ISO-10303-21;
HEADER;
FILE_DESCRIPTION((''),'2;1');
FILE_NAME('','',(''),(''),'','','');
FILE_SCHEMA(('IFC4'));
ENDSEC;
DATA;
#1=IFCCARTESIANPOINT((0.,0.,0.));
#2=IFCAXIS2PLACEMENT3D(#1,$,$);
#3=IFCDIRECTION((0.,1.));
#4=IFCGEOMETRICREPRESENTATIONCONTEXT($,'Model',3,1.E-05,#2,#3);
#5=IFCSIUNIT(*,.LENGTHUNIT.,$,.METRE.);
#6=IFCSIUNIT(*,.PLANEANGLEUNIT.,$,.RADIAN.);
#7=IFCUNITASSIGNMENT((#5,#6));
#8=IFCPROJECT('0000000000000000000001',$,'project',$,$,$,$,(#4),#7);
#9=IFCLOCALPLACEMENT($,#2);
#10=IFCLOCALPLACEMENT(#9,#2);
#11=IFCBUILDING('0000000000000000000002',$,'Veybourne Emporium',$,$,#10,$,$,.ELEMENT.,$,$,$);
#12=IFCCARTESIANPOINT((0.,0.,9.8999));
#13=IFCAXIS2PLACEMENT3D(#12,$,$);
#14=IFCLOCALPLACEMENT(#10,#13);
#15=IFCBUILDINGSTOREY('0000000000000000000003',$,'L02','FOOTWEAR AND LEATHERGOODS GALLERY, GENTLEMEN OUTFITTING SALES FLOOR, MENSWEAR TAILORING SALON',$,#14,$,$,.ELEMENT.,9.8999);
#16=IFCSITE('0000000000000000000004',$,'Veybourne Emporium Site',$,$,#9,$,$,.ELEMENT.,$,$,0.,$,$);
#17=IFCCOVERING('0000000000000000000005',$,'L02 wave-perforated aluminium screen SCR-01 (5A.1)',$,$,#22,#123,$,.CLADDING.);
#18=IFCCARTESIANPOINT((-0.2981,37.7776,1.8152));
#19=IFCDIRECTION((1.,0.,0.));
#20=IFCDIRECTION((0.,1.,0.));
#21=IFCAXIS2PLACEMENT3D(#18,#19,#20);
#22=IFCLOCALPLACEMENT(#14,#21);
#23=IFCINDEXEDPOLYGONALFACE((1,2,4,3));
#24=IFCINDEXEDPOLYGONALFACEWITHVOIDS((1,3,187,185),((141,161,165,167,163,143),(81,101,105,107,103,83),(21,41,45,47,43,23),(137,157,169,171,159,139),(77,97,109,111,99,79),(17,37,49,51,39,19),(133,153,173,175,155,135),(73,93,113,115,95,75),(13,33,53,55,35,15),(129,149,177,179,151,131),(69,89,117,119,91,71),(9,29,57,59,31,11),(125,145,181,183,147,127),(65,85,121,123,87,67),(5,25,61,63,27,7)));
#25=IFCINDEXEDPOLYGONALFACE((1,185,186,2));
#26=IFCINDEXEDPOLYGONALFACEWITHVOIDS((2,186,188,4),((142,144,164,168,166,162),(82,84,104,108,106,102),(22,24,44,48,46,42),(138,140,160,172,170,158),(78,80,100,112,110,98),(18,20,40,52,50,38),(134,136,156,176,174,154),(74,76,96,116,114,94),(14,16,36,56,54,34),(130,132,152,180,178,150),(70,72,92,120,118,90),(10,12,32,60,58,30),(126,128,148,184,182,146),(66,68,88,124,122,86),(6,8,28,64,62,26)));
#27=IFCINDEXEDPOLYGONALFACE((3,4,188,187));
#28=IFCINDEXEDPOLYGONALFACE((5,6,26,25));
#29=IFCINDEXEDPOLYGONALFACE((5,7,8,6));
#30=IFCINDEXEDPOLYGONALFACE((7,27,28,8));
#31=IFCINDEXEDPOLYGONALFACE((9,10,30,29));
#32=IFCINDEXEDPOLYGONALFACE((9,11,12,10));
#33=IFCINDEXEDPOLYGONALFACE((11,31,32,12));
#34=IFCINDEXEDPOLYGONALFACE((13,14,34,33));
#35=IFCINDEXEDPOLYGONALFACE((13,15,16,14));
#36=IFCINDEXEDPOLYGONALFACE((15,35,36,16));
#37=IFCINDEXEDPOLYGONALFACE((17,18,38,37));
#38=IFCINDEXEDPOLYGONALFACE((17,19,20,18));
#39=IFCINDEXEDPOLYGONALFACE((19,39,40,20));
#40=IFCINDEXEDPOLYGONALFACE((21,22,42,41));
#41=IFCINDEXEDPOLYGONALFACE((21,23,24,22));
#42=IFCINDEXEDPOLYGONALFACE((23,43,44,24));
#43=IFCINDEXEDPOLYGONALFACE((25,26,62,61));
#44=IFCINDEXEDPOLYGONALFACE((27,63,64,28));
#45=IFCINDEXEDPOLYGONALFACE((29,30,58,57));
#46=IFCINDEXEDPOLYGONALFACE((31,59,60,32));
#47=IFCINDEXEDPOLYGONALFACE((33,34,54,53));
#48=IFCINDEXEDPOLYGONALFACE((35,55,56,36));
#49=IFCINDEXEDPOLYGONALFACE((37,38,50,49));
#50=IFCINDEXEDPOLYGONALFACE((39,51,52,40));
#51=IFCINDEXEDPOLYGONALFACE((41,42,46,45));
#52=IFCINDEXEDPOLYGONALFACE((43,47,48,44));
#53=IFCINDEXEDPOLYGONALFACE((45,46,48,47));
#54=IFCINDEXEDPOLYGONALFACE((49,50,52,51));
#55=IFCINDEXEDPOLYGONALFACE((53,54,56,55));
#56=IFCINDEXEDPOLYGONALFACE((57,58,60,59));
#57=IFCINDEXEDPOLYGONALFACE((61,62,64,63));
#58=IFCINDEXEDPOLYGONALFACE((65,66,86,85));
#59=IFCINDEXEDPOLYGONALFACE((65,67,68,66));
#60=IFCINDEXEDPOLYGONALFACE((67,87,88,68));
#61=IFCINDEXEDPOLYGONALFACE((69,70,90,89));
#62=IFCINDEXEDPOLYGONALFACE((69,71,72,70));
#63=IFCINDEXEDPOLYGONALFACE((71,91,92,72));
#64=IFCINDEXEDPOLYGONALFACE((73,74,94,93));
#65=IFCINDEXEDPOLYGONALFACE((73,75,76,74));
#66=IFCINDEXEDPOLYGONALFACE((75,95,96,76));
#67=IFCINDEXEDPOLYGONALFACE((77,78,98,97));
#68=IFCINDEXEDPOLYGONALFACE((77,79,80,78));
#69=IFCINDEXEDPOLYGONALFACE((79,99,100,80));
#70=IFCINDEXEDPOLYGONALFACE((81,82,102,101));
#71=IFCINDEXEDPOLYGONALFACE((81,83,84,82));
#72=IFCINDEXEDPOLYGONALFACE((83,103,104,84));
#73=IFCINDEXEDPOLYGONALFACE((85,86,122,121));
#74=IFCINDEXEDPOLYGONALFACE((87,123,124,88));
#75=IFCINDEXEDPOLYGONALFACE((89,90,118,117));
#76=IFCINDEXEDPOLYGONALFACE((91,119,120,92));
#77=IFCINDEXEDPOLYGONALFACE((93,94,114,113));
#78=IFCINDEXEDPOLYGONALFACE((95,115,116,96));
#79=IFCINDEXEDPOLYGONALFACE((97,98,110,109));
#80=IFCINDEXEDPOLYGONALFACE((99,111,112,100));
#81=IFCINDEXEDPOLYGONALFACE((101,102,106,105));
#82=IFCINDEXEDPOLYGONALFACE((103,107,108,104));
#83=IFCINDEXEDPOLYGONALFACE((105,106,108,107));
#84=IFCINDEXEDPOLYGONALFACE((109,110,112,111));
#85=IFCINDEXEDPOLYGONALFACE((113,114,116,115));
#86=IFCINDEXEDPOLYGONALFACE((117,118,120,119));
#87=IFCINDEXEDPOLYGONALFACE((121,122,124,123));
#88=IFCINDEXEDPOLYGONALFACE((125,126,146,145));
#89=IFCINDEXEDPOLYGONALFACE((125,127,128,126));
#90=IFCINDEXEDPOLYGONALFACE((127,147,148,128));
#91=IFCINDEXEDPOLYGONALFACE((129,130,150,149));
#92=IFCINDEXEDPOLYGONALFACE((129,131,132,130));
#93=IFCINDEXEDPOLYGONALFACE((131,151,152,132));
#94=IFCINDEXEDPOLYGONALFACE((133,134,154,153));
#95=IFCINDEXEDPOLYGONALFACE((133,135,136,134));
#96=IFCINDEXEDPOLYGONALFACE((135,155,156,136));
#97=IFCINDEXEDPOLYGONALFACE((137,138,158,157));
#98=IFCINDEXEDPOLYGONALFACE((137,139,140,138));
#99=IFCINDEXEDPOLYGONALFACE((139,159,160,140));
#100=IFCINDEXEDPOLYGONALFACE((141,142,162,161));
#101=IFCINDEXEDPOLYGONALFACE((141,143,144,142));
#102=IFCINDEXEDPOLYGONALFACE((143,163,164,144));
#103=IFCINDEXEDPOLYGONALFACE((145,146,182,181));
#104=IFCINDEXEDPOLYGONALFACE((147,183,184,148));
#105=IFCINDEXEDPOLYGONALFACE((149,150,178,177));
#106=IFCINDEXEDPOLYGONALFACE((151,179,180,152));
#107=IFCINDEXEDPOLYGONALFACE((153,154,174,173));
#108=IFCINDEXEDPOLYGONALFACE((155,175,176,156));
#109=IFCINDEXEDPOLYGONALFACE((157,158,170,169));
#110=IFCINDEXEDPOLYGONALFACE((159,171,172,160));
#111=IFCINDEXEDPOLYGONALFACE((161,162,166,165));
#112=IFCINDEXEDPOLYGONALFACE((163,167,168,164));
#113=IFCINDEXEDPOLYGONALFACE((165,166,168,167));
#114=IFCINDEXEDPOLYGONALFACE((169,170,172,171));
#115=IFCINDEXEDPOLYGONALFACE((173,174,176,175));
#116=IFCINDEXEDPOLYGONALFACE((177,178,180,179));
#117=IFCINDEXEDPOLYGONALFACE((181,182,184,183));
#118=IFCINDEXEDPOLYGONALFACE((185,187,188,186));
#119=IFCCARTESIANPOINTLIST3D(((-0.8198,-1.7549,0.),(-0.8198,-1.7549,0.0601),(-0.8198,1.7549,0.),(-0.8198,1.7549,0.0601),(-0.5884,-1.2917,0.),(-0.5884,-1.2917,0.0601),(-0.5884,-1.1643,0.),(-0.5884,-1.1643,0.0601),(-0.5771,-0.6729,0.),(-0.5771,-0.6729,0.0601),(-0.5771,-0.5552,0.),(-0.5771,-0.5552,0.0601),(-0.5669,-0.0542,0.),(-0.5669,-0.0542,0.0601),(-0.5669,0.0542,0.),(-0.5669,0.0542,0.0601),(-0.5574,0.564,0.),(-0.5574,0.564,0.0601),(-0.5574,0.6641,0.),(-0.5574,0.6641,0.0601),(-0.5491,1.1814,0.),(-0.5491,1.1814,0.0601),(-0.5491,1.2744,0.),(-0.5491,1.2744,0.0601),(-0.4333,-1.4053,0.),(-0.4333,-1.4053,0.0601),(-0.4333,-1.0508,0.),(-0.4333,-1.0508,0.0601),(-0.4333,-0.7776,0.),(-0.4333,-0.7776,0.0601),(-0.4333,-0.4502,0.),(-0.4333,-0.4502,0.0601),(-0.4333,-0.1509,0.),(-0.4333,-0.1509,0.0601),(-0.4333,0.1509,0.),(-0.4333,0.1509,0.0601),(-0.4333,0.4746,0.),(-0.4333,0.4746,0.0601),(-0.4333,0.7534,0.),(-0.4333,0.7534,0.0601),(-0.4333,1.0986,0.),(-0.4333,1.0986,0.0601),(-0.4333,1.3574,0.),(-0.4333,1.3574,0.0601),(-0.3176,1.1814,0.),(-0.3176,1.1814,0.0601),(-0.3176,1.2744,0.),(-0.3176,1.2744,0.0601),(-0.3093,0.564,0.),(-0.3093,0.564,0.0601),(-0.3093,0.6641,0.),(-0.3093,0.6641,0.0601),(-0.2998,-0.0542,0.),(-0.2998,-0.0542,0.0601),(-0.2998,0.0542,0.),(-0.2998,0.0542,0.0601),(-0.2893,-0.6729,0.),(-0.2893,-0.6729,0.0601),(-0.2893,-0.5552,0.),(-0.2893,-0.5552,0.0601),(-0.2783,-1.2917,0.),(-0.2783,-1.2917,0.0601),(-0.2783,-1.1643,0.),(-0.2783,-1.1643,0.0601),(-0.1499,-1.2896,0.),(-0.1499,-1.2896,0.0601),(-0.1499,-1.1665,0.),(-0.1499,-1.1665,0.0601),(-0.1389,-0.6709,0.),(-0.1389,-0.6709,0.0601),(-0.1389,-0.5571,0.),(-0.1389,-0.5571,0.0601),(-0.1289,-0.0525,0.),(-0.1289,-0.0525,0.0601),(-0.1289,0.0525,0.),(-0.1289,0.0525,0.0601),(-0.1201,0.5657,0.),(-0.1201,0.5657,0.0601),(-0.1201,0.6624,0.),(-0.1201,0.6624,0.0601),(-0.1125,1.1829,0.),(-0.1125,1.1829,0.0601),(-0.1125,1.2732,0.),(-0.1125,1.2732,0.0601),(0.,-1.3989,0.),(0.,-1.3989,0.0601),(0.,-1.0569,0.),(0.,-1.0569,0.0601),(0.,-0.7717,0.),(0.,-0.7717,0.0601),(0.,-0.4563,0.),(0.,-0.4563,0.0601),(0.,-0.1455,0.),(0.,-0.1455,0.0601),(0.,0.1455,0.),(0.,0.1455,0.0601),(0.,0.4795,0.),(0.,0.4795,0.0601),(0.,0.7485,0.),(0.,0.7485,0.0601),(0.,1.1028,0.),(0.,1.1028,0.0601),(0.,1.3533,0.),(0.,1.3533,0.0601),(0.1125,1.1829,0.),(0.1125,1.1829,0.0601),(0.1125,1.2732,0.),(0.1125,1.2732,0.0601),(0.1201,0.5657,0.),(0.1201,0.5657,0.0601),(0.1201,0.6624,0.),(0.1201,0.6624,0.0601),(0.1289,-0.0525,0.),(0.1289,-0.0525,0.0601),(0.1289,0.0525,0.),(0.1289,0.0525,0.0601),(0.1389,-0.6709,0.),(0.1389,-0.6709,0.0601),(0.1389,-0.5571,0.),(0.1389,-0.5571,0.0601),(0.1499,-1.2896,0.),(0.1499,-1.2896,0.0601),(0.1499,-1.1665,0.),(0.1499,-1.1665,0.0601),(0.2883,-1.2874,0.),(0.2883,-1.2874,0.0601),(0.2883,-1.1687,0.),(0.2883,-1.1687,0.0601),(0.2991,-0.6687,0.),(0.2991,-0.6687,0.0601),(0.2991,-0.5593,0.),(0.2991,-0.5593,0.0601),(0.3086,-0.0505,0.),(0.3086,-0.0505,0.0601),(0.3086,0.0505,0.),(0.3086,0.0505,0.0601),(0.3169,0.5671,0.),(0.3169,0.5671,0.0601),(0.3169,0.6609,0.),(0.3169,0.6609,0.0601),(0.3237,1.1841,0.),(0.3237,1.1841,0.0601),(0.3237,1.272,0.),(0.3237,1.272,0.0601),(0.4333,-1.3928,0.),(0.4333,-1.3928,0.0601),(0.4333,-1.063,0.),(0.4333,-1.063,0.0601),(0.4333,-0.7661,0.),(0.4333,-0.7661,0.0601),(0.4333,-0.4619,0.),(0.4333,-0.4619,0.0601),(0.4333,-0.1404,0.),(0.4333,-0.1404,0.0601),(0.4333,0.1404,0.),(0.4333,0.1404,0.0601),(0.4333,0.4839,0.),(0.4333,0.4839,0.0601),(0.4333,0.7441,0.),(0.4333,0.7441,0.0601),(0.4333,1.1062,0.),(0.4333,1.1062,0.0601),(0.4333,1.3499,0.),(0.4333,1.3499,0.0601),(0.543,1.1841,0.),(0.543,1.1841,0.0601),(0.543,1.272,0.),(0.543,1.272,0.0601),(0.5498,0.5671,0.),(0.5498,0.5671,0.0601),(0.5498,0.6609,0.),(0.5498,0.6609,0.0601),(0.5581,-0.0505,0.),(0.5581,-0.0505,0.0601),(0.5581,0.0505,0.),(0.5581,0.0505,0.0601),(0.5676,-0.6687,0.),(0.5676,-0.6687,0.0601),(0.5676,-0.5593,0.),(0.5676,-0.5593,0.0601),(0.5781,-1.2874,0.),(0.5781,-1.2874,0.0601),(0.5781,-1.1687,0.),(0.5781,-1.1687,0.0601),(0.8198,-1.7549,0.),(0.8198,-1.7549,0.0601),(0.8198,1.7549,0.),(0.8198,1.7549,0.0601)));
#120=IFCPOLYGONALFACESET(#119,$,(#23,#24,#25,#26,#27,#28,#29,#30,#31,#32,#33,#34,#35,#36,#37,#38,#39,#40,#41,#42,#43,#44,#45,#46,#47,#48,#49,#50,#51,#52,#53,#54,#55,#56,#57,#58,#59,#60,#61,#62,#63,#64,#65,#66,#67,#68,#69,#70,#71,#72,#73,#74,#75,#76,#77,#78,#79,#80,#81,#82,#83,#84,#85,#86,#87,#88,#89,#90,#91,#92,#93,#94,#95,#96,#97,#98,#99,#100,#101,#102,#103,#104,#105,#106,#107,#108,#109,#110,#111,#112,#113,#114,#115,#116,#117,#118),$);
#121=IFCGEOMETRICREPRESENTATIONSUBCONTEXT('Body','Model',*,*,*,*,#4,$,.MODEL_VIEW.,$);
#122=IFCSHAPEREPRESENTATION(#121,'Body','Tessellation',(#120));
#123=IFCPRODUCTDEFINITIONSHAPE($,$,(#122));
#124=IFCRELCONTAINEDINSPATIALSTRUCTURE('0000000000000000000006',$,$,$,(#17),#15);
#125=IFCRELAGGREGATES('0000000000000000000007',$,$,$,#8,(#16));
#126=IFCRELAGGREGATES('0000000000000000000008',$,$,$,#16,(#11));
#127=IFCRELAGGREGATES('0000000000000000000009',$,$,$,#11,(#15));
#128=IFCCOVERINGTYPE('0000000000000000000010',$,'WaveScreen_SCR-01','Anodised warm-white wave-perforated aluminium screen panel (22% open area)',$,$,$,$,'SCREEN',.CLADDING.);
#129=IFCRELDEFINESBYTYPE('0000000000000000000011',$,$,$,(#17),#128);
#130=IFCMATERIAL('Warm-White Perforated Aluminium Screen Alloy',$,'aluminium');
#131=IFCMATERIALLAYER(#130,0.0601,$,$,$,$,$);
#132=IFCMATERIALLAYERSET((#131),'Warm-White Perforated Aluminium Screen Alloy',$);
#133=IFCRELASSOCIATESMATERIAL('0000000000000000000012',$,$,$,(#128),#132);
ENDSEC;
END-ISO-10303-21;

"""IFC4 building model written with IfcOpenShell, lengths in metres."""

from ifc_helpers import new_model, si_unit, direction, frame, origin, place, context, subcontext, project, spatial, polyline, outline, extrude, material, layer, layer_set, type_object, element, save


model = new_model("IFC4")

# Units and contexts
model_context = context("Model", 3, precision=1e-05, world=origin(), true_north=direction((0.0, 1.0)))
body_context = subcontext(model_context, "Body", "Model", "MODEL_VIEW")
ifc_project = project(units=[si_unit("LENGTHUNIT", "METRE"), si_unit("PLANEANGLEUNIT", "RADIAN")], contexts=[model_context])

# Site, building, storey
site_placement = place(None, origin())
site = spatial("IfcSite", under=ifc_project, at=site_placement, Name="Veybourne Emporium Site", CompositionType="ELEMENT", RefElevation=0.0)
building_placement = place(site_placement, origin())
building = spatial("IfcBuilding", under=site, at=building_placement, Name="Veybourne Emporium", CompositionType="ELEMENT")
storey_placement = place(building_placement, frame((0.0, 0.0, 9.8999)))
storey = spatial("IfcBuildingStorey", under=building, at=storey_placement, Name="L02", Description="FOOTWEAR AND LEATHERGOODS GALLERY, GENTLEMEN OUTFITTING SALES FLOOR, MENSWEAR TAILORING SALON", CompositionType="ELEMENT", Elevation=9.8999)

# Covering
ifc_material_1 = material(Name="Warm-White Perforated Aluminium Screen Alloy", Category="aluminium")
ifc_layer_1 = layer(ifc_material_1, 0.0601)
ifc_layer_set_1 = layer_set([ifc_layer_1], Name="Warm-White Perforated Aluminium Screen Alloy")
covering_type = type_object("IfcCoveringType", Name="WaveScreen_SCR-01", Description="Anodised warm-white wave-perforated aluminium screen panel (22% open area)", ElementType="SCREEN", PredefinedType="CLADDING", material=ifc_layer_set_1)
covering_1_placement = place(storey_placement, frame((-0.2981, 37.7776, 1.8152), z_axis=(1.0, 0.0, 0.0), x_axis=(0.0, 1.0, 0.0)))
element("IfcCovering", 1, at=covering_1_placement, inside=storey, type_object=covering_type, Name="L02 wave-perforated aluminium screen SCR-01 (5A.1)", PredefinedType="CLADDING", context=body_context, shape_type="SweptSolid", body=[
    extrude(outline(polyline([(-0.8198, -1.7549), (0.8198, -1.7549), (0.8198, 1.7549), (-0.8198, 1.7549), (-0.8198, -1.7549)]), holes=[polyline([(-0.4333, -1.0508), (-0.2783, -1.1643), (-0.2783, -1.2917), (-0.4333, -1.4053), (-0.5884, -1.2917), (-0.5884, -1.1643), (-0.4333, -1.0508)]), polyline([(-0.4333, -0.4502), (-0.2893, -0.5552), (-0.2893, -0.6729), (-0.4333, -0.7776), (-0.5771, -0.6729), (-0.5771, -0.5552), (-0.4333, -0.4502)]), polyline([(-0.4333, 0.1509), (-0.2998, 0.0542), (-0.2998, -0.0542), (-0.4333, -0.1509), (-0.5669, -0.0542), (-0.5669, 0.0542), (-0.4333, 0.1509)]), polyline([(-0.4333, 0.7534), (-0.3093, 0.6641), (-0.3093, 0.564), (-0.4333, 0.4746), (-0.5574, 0.564), (-0.5574, 0.6641), (-0.4333, 0.7534)]), polyline([(-0.4333, 1.3574), (-0.3176, 1.2744), (-0.3176, 1.1814), (-0.4333, 1.0986), (-0.5491, 1.1814), (-0.5491, 1.2744), (-0.4333, 1.3574)]), polyline([(0.0, -1.0569), (0.1499, -1.1665), (0.1499, -1.2896), (0.0, -1.3989), (-0.1499, -1.2896), (-0.1499, -1.1665), (0.0, -1.0569)]), polyline([(0.0, -0.4563), (0.1389, -0.5571), (0.1389, -0.6709), (0.0, -0.7717), (-0.1389, -0.6709), (-0.1389, -0.5571), (0.0, -0.4563)]), polyline([(0.0, 0.1455), (0.1289, 0.0525), (0.1289, -0.0525), (0.0, -0.1455), (-0.1289, -0.0525), (-0.1289, 0.0525), (0.0, 0.1455)]), polyline([(0.0, 0.7485), (0.1201, 0.6624), (0.1201, 0.5657), (0.0, 0.4795), (-0.1201, 0.5657), (-0.1201, 0.6624), (0.0, 0.7485)]), polyline([(0.0, 1.3533), (0.1125, 1.2732), (0.1125, 1.1829), (0.0, 1.1028), (-0.1125, 1.1829), (-0.1125, 1.2732), (0.0, 1.3533)]), polyline([(0.4333, -1.063), (0.5781, -1.1687), (0.5781, -1.2874), (0.4333, -1.3928), (0.2883, -1.2874), (0.2883, -1.1687), (0.4333, -1.063)]), polyline([(0.4333, -0.4619), (0.5676, -0.5593), (0.5676, -0.6687), (0.4333, -0.7661), (0.2991, -0.6687), (0.2991, -0.5593), (0.4333, -0.4619)]), polyline([(0.4333, 0.1404), (0.5581, 0.0505), (0.5581, -0.0505), (0.4333, -0.1404), (0.3086, -0.0505), (0.3086, 0.0505), (0.4333, 0.1404)]), polyline([(0.4333, 0.7441), (0.5498, 0.6609), (0.5498, 0.5671), (0.4333, 0.4839), (0.3169, 0.5671), (0.3169, 0.6609), (0.4333, 0.7441)]), polyline([(0.4333, 1.3499), (0.543, 1.272), (0.543, 1.1841), (0.4333, 1.1062), (0.3237, 1.1841), (0.3237, 1.272), (0.4333, 1.3499)])]), origin(), (0.0, 0.0, 1.0), 0.0601),
])

save(model, "model.ifc")
